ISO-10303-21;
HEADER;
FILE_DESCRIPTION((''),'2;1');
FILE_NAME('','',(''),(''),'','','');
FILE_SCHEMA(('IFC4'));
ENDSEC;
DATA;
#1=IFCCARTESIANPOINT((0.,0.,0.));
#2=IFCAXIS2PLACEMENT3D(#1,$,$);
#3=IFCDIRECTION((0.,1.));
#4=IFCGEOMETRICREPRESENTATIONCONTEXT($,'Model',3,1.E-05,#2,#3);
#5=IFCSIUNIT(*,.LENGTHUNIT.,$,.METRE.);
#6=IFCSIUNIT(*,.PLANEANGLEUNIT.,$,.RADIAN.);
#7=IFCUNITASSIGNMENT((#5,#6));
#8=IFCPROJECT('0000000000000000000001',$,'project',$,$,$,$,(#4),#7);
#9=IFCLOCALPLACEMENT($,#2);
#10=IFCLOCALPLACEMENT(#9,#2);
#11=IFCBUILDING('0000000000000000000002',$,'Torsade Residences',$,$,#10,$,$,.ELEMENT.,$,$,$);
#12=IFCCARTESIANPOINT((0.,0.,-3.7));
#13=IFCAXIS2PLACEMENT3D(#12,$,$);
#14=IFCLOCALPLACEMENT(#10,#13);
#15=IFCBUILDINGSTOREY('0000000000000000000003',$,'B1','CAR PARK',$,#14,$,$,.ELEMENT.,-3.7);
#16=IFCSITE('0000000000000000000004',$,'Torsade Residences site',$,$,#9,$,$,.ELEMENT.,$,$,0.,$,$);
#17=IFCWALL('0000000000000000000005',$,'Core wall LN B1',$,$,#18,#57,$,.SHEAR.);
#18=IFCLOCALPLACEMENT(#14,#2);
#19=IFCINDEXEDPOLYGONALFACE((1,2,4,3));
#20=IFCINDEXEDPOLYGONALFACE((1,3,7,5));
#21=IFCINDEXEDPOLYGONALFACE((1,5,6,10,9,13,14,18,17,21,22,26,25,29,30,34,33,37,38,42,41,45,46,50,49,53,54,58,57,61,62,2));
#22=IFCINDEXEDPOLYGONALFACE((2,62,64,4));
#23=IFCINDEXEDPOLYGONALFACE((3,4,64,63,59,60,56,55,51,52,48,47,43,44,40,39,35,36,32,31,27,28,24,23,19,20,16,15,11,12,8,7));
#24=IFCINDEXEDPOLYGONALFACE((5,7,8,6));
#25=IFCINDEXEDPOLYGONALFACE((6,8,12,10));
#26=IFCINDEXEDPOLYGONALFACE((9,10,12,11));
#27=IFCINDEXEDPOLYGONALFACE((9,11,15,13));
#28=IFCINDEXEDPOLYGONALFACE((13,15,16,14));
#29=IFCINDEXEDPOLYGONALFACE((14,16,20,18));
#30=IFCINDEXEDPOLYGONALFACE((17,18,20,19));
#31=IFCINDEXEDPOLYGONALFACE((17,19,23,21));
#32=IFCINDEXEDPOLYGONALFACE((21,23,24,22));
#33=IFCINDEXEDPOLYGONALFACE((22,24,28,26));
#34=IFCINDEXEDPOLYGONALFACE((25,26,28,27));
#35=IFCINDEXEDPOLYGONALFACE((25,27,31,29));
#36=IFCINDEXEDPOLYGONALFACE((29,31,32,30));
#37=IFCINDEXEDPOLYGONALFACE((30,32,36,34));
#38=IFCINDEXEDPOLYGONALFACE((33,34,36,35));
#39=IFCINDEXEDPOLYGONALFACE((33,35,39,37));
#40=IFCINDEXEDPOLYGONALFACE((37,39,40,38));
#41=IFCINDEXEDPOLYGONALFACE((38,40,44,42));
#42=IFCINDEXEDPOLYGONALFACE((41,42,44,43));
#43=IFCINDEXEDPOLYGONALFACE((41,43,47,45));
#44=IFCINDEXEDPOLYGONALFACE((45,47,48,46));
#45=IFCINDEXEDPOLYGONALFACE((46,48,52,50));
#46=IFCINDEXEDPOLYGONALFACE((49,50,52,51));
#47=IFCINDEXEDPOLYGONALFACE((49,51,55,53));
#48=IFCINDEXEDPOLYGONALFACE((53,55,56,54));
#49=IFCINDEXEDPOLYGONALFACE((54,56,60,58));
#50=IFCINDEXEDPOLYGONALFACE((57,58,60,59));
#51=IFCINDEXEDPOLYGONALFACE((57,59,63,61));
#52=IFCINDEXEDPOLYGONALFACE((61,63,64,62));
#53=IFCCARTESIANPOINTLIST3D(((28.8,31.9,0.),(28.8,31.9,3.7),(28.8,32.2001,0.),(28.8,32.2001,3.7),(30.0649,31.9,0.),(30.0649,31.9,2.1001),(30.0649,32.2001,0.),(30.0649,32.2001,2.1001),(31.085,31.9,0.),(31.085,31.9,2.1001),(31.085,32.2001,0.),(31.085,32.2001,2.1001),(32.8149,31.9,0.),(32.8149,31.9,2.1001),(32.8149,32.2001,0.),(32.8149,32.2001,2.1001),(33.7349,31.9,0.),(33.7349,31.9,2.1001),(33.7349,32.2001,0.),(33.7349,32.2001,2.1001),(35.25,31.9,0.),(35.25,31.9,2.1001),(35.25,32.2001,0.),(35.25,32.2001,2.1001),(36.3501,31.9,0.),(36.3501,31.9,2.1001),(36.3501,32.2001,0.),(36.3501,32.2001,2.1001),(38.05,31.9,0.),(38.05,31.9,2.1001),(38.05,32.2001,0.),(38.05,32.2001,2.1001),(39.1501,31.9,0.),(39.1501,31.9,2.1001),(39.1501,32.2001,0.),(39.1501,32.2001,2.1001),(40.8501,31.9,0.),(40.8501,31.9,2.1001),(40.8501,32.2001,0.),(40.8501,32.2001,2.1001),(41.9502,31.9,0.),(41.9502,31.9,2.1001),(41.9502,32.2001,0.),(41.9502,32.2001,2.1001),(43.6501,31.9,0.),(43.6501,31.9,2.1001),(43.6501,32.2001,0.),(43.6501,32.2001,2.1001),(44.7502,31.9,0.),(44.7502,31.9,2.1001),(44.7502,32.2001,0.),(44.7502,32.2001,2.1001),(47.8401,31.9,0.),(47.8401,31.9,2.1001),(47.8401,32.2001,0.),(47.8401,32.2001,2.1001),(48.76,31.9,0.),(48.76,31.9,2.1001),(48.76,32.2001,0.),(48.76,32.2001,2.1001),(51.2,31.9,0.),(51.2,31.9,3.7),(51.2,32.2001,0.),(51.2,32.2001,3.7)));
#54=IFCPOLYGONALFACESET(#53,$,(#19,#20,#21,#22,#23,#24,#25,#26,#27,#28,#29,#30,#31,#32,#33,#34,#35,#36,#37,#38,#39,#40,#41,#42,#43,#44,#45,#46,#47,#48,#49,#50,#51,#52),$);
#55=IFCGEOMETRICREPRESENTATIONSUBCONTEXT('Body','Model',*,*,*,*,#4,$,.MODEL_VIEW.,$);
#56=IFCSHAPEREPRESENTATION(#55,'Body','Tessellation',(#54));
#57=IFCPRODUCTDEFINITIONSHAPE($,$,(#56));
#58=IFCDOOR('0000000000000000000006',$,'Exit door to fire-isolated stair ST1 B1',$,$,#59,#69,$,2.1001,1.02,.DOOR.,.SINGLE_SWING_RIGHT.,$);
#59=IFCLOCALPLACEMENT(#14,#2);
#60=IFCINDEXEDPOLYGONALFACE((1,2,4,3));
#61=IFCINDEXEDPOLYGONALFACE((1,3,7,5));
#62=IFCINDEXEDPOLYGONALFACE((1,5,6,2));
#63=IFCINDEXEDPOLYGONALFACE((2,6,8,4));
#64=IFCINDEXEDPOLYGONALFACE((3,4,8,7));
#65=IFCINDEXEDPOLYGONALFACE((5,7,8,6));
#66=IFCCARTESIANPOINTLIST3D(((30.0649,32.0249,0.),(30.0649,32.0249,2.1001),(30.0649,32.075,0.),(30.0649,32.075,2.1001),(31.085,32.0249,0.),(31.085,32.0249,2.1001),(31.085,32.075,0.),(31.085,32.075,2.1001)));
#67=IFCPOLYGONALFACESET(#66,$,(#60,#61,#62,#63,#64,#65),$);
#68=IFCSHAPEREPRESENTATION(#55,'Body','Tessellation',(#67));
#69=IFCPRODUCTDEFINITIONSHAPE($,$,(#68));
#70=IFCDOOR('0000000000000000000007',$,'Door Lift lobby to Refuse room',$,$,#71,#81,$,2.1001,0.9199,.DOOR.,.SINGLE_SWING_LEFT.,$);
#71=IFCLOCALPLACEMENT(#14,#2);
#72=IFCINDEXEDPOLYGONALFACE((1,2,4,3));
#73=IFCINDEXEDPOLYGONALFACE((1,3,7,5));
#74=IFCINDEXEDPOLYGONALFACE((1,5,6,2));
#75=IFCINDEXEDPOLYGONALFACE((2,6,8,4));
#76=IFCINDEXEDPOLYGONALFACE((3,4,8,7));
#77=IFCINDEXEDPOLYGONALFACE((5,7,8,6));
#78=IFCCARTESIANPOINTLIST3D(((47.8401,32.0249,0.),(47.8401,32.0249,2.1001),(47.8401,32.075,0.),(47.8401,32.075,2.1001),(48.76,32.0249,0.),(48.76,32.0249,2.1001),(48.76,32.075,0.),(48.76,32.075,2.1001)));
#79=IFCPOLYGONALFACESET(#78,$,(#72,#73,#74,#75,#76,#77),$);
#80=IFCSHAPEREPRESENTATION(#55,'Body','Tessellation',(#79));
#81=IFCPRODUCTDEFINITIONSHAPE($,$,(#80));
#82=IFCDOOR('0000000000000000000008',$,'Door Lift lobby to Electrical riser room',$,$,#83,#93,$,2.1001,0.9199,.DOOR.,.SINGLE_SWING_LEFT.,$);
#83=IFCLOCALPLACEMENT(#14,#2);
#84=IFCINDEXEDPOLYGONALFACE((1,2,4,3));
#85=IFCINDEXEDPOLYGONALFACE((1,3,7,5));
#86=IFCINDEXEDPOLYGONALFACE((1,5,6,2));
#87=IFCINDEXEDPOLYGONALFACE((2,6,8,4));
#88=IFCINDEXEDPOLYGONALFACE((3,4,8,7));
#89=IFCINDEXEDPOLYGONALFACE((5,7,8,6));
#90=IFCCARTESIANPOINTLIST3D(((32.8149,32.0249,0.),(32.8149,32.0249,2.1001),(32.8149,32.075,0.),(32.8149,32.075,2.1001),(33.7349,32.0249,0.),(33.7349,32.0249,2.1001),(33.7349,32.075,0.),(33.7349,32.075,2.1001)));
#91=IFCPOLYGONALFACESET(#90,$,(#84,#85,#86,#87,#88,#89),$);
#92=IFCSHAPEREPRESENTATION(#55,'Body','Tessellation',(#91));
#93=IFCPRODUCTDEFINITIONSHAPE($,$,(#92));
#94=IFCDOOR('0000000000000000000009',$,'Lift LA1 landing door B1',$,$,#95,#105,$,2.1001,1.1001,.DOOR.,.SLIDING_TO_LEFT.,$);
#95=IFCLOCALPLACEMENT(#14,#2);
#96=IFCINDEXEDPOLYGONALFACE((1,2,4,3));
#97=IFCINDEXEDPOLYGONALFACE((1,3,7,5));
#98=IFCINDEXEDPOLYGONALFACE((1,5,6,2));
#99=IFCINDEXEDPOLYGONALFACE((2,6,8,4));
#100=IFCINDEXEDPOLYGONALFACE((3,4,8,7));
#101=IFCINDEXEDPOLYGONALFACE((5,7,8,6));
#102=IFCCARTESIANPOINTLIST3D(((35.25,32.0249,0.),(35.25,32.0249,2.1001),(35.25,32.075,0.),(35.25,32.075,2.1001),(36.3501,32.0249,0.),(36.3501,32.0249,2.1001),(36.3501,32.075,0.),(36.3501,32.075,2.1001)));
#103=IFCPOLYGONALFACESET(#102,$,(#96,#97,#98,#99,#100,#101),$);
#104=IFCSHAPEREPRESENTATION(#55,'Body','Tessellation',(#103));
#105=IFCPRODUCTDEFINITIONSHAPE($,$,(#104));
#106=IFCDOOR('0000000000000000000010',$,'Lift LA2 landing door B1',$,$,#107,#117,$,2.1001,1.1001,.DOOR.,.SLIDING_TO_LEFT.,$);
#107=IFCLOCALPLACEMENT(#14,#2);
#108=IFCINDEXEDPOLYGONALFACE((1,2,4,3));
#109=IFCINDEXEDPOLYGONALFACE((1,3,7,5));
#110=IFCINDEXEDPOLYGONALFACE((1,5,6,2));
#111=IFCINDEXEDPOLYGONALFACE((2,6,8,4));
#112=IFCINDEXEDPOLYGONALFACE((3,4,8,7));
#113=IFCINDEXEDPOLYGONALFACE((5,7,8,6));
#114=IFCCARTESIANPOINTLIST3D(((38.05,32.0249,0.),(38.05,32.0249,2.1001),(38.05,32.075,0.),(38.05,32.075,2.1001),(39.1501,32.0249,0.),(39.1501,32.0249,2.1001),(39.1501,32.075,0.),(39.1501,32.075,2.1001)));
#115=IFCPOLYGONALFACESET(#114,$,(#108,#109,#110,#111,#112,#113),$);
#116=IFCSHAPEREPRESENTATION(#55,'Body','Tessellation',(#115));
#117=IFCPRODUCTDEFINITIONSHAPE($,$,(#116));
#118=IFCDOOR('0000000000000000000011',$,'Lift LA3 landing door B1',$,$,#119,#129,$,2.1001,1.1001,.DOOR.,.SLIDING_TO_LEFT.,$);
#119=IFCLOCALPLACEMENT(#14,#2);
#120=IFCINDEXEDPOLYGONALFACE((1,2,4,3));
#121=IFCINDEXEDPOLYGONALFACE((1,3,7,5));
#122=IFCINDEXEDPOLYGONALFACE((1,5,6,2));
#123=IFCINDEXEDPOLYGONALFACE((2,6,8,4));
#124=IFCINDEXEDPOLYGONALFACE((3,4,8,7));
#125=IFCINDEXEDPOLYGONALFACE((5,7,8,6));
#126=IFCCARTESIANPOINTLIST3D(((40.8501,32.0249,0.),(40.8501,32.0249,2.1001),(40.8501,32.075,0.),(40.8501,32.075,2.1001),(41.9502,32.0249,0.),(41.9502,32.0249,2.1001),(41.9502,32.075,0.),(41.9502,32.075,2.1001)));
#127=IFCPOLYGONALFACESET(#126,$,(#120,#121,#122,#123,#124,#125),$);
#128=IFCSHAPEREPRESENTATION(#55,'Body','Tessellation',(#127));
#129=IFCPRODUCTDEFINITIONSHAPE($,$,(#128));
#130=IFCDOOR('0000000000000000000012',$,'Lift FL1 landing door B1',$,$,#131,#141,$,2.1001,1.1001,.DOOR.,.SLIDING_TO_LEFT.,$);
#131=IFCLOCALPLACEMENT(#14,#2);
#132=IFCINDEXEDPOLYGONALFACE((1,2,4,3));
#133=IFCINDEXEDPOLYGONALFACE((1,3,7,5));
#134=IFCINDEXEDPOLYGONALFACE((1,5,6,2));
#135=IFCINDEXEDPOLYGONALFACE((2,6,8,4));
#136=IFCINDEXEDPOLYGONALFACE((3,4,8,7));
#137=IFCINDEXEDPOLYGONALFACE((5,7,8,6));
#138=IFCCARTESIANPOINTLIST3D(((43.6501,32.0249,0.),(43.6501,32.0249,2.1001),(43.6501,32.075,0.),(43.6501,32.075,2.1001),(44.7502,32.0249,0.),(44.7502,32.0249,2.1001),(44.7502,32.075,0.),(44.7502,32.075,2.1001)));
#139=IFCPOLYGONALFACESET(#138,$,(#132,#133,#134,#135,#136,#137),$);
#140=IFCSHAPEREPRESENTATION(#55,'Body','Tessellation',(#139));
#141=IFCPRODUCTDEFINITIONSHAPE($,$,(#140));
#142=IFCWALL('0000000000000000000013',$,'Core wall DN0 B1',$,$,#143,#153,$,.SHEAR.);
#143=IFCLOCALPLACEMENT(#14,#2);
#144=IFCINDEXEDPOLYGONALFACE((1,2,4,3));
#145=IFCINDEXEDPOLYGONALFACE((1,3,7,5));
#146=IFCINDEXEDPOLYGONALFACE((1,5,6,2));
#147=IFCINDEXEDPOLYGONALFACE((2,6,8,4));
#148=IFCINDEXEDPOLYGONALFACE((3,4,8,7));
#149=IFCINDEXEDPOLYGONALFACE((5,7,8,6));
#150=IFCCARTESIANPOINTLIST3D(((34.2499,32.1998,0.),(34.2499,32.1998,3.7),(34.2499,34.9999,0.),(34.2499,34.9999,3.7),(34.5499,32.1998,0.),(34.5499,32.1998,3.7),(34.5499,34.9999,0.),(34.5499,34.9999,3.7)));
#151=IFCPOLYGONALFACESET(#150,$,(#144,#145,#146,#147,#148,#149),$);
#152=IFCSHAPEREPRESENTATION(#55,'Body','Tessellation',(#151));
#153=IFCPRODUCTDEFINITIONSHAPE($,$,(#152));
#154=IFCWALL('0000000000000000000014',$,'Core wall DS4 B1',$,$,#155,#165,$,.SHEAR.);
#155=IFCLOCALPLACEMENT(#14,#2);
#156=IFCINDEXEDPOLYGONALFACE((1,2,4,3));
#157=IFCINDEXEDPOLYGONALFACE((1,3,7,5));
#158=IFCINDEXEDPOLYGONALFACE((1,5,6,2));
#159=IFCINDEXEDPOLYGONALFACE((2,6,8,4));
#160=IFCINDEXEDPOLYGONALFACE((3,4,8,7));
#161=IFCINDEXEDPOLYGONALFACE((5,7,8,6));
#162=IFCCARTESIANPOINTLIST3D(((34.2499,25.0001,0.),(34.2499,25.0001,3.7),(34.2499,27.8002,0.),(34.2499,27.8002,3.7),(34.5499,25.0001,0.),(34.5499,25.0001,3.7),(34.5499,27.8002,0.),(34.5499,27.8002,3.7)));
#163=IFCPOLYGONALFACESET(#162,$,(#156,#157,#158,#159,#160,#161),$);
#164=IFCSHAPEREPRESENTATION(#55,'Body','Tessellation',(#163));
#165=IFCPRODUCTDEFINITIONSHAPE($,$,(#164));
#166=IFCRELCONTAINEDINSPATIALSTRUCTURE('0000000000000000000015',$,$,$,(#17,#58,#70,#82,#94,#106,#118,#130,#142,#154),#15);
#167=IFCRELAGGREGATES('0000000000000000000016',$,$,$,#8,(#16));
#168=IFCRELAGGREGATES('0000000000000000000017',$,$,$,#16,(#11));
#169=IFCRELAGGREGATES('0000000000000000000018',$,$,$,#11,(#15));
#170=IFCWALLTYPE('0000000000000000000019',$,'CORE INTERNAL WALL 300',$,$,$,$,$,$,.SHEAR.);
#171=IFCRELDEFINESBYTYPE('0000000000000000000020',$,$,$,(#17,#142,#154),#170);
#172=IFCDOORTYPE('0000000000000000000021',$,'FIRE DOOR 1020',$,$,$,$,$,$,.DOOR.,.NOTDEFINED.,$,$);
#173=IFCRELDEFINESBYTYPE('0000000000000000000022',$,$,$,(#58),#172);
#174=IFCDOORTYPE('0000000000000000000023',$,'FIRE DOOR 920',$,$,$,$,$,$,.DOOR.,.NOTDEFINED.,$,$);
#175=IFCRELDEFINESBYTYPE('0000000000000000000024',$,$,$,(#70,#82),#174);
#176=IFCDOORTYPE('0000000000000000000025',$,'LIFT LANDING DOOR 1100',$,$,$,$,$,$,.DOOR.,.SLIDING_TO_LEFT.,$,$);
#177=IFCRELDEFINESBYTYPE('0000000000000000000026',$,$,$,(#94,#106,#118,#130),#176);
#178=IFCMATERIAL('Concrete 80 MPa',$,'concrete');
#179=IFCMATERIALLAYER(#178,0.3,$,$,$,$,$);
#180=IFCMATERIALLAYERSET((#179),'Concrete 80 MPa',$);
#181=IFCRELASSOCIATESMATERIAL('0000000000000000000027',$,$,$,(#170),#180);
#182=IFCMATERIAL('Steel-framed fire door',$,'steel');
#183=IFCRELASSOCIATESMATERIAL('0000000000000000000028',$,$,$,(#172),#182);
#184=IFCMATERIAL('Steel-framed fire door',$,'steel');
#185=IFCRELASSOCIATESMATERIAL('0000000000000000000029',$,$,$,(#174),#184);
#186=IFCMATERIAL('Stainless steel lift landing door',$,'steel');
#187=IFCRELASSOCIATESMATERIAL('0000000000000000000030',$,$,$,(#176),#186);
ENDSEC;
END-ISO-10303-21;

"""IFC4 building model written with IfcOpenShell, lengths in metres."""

from ifc_helpers import new_model, si_unit, direction, frame, frame_2d, origin, place, context, subcontext, project, spatial, rectangle, extrude, material, layer, layer_set, type_object, element, fill, save


model = new_model("IFC4")

# Units and contexts
model_context = context("Model", 3, precision=1e-05, world=origin(), true_north=direction((0.0, 1.0)))
body_context = subcontext(model_context, "Body", "Model", "MODEL_VIEW")
ifc_project = project(units=[si_unit("LENGTHUNIT", "METRE"), si_unit("PLANEANGLEUNIT", "RADIAN")], contexts=[model_context])

# Site, building, storey
site_placement = place(None, origin())
site = spatial("IfcSite", under=ifc_project, at=site_placement, Name="Torsade Residences site", CompositionType="ELEMENT", RefElevation=0.0)
building_placement = place(site_placement, origin())
building = spatial("IfcBuilding", under=site, at=building_placement, Name="Torsade Residences", CompositionType="ELEMENT")
storey_placement = place(building_placement, frame((0.0, 0.0, -3.7)))
storey = spatial("IfcBuildingStorey", under=building, at=storey_placement, Name="B1", Description="CAR PARK", CompositionType="ELEMENT", Elevation=-3.7)

# Wall, openings, doors
ifc_material_1 = material(Name="Concrete 80 MPa", Category="concrete")
ifc_layer_1 = layer(ifc_material_1, 0.3)
ifc_layer_set_1 = layer_set([ifc_layer_1], Name="Concrete 80 MPa")
wall_type_1 = type_object("IfcWallType", Name="CORE INTERNAL WALL 300", PredefinedType="SHEAR", material=ifc_layer_set_1)
wall_1_placement = place(storey_placement, frame((28.8, 32.05, 0.0), z_axis=(0.0, 0.0, 1.0), x_axis=(1.0, 0.0, 0.0)))
wall_1 = element("IfcWall", 1, at=wall_1_placement, inside=storey, type_object=wall_type_1, Name="Core wall LN B1", PredefinedType="SHEAR", context=body_context, shape_type="SweptSolid", body=[
    extrude(rectangle(XDim=22.3999, YDim=0.3, at=frame_2d((11.2, 0.0))), origin(), (0.0, 0.0, 1.0), 3.7),
])
opening_1_placement = place(wall_1_placement, frame((19.04, 0.0, 0.0)))
opening_1 = element("IfcOpeningElement", 2, at=opening_1_placement, cuts=wall_1, PredefinedType="OPENING", context=body_context, shape_type="SweptSolid", body=[
    extrude(rectangle(XDim=0.9199, YDim=2.1001, at=frame_2d((0.46, 1.05))), frame((0.0, 0.1599, 0.0), z_axis=(0.0, -1.0, 0.0), x_axis=(1.0, 0.0, 0.0)), (0.0, 0.0, 1.0), 0.3201),
])
opening_2_placement = place(wall_1_placement, frame((1.2649, 0.0, 0.0)))
opening_2 = element("IfcOpeningElement", 3, at=opening_2_placement, cuts=wall_1, PredefinedType="OPENING", context=body_context, shape_type="SweptSolid", body=[
    extrude(rectangle(XDim=1.02, YDim=2.1001, at=frame_2d((0.51, 1.05))), frame((0.0, 0.1599, 0.0), z_axis=(0.0, -1.0, 0.0), x_axis=(1.0, 0.0, 0.0)), (0.0, 0.0, 1.0), 0.3201),
])
opening_3_placement = place(wall_1_placement, frame((4.0149, 0.0, 0.0)))
opening_3 = element("IfcOpeningElement", 4, at=opening_3_placement, cuts=wall_1, PredefinedType="OPENING", context=body_context, shape_type="SweptSolid", body=[
    extrude(rectangle(XDim=0.9199, YDim=2.1001, at=frame_2d((0.46, 1.05))), frame((0.0, 0.1599, 0.0), z_axis=(0.0, -1.0, 0.0), x_axis=(1.0, 0.0, 0.0)), (0.0, 0.0, 1.0), 0.3201),
])
opening_4_placement = place(wall_1_placement, frame((6.45, 0.0, 0.0)))
opening_4 = element("IfcOpeningElement", 5, at=opening_4_placement, cuts=wall_1, PredefinedType="OPENING", context=body_context, shape_type="SweptSolid", body=[
    extrude(rectangle(XDim=1.1001, YDim=2.1001, at=frame_2d((0.55, 1.05))), frame((0.0, 0.1599, 0.0), z_axis=(0.0, -1.0, 0.0), x_axis=(1.0, 0.0, 0.0)), (0.0, 0.0, 1.0), 0.3201),
])
opening_5_placement = place(wall_1_placement, frame((9.25, 0.0, 0.0)))
opening_5 = element("IfcOpeningElement", 6, at=opening_5_placement, cuts=wall_1, PredefinedType="OPENING", context=body_context, shape_type="SweptSolid", body=[
    extrude(rectangle(XDim=1.1001, YDim=2.1001, at=frame_2d((0.55, 1.05))), frame((0.0, 0.1599, 0.0), z_axis=(0.0, -1.0, 0.0), x_axis=(1.0, 0.0, 0.0)), (0.0, 0.0, 1.0), 0.3201),
])
opening_6_placement = place(wall_1_placement, frame((12.05, 0.0, 0.0)))
opening_6 = element("IfcOpeningElement", 7, at=opening_6_placement, cuts=wall_1, PredefinedType="OPENING", context=body_context, shape_type="SweptSolid", body=[
    extrude(rectangle(XDim=1.1001, YDim=2.1001, at=frame_2d((0.55, 1.05))), frame((0.0, 0.1599, 0.0), z_axis=(0.0, -1.0, 0.0), x_axis=(1.0, 0.0, 0.0)), (0.0, 0.0, 1.0), 0.3201),
])
opening_7_placement = place(wall_1_placement, frame((14.8501, 0.0, 0.0)))
opening_7 = element("IfcOpeningElement", 8, at=opening_7_placement, cuts=wall_1, PredefinedType="OPENING", context=body_context, shape_type="SweptSolid", body=[
    extrude(rectangle(XDim=1.1001, YDim=2.1001, at=frame_2d((0.55, 1.05))), frame((0.0, 0.1599, 0.0), z_axis=(0.0, -1.0, 0.0), x_axis=(1.0, 0.0, 0.0)), (0.0, 0.0, 1.0), 0.3201),
])
ifc_material_2 = material(Name="Steel-framed fire door", Category="steel")
door_type_1 = type_object("IfcDoorType", Name="FIRE DOOR 1020", OperationType="NOTDEFINED", PredefinedType="DOOR", material=ifc_material_2)
door_1_placement = place(opening_2_placement, origin())
door_1 = element("IfcDoor", 9, at=door_1_placement, inside=storey, type_object=door_type_1, Name="Exit door to fire-isolated stair ST1 B1", OperationType="SINGLE_SWING_RIGHT", OverallHeight=2.1001, OverallWidth=1.02, PredefinedType="DOOR", context=body_context, shape_type="SweptSolid", body=[
    extrude(rectangle(XDim=1.02, YDim=2.1001, at=frame_2d((0.51, 1.05))), frame((0.0, 0.0249, 0.0), z_axis=(0.0, -1.0, 0.0), x_axis=(1.0, 0.0, 0.0)), (0.0, 0.0, 1.0), 0.05),
])
fill(opening_2, door_1)
ifc_material_3 = material(Name="Steel-framed fire door", Category="steel")
door_type_2 = type_object("IfcDoorType", Name="FIRE DOOR 920", OperationType="NOTDEFINED", PredefinedType="DOOR", material=ifc_material_3)
door_2_placement = place(opening_1_placement, origin())
door_2 = element("IfcDoor", 10, at=door_2_placement, inside=storey, type_object=door_type_2, Name="Door Lift lobby to Refuse room", OperationType="SINGLE_SWING_LEFT", OverallHeight=2.1001, OverallWidth=0.9199, PredefinedType="DOOR", context=body_context, shape_type="SweptSolid", body=[
    extrude(rectangle(XDim=0.9199, YDim=2.1001, at=frame_2d((0.46, 1.05))), frame((0.0, 0.0249, 0.0), z_axis=(0.0, -1.0, 0.0), x_axis=(1.0, 0.0, 0.0)), (0.0, 0.0, 1.0), 0.05),
])
fill(opening_1, door_2)
door_3_placement = place(opening_3_placement, origin())
door_3 = element("IfcDoor", 11, at=door_3_placement, inside=storey, type_object=door_type_2, Name="Door Lift lobby to Electrical riser room", OperationType="SINGLE_SWING_LEFT", OverallHeight=2.1001, OverallWidth=0.9199, PredefinedType="DOOR", context=body_context, shape_type="SweptSolid", body=[
    extrude(rectangle(XDim=0.9199, YDim=2.1001, at=frame_2d((0.46, 1.05))), frame((0.0, 0.0249, 0.0), z_axis=(0.0, -1.0, 0.0), x_axis=(1.0, 0.0, 0.0)), (0.0, 0.0, 1.0), 0.05),
])
fill(opening_3, door_3)
ifc_material_4 = material(Name="Stainless steel lift landing door", Category="steel")
door_type_3 = type_object("IfcDoorType", Name="LIFT LANDING DOOR 1100", OperationType="SLIDING_TO_LEFT", PredefinedType="DOOR", material=ifc_material_4)
door_4_placement = place(opening_4_placement, origin())
door_4 = element("IfcDoor", 12, at=door_4_placement, inside=storey, type_object=door_type_3, Name="Lift LA1 landing door B1", OperationType="SLIDING_TO_LEFT", OverallHeight=2.1001, OverallWidth=1.1001, PredefinedType="DOOR", context=body_context, shape_type="SweptSolid", body=[
    extrude(rectangle(XDim=1.1001, YDim=2.1001, at=frame_2d((0.55, 1.05))), frame((0.0, 0.0249, 0.0), z_axis=(0.0, -1.0, 0.0), x_axis=(1.0, 0.0, 0.0)), (0.0, 0.0, 1.0), 0.05),
])
fill(opening_4, door_4)
door_5_placement = place(opening_5_placement, origin())
door_5 = element("IfcDoor", 13, at=door_5_placement, inside=storey, type_object=door_type_3, Name="Lift LA2 landing door B1", OperationType="SLIDING_TO_LEFT", OverallHeight=2.1001, OverallWidth=1.1001, PredefinedType="DOOR", context=body_context, shape_type="SweptSolid", body=[
    extrude(rectangle(XDim=1.1001, YDim=2.1001, at=frame_2d((0.55, 1.05))), frame((0.0, 0.0249, 0.0), z_axis=(0.0, -1.0, 0.0), x_axis=(1.0, 0.0, 0.0)), (0.0, 0.0, 1.0), 0.05),
])
fill(opening_5, door_5)
door_6_placement = place(opening_6_placement, origin())
door_6 = element("IfcDoor", 14, at=door_6_placement, inside=storey, type_object=door_type_3, Name="Lift LA3 landing door B1", OperationType="SLIDING_TO_LEFT", OverallHeight=2.1001, OverallWidth=1.1001, PredefinedType="DOOR", context=body_context, shape_type="SweptSolid", body=[
    extrude(rectangle(XDim=1.1001, YDim=2.1001, at=frame_2d((0.55, 1.05))), frame((0.0, 0.0249, 0.0), z_axis=(0.0, -1.0, 0.0), x_axis=(1.0, 0.0, 0.0)), (0.0, 0.0, 1.0), 0.05),
])
fill(opening_6, door_6)
door_7_placement = place(opening_7_placement, origin())
door_7 = element("IfcDoor", 15, at=door_7_placement, inside=storey, type_object=door_type_3, Name="Lift FL1 landing door B1", OperationType="SLIDING_TO_LEFT", OverallHeight=2.1001, OverallWidth=1.1001, PredefinedType="DOOR", context=body_context, shape_type="SweptSolid", body=[
    extrude(rectangle(XDim=1.1001, YDim=2.1001, at=frame_2d((0.55, 1.05))), frame((0.0, 0.0249, 0.0), z_axis=(0.0, -1.0, 0.0), x_axis=(1.0, 0.0, 0.0)), (0.0, 0.0, 1.0), 0.05),
])
fill(opening_7, door_7)

# Walls
for number, where, z_axis, x_axis, name in (
    (16, (34.3999, 32.2, 0.0), (0.0, 0.0, 1.0), (0.0, 1.0, 0.0), "Core wall DN0 B1"),
    (17, (34.3999, 27.8, 0.0), (0.0, 0.0, 1.0), (0.0, -1.0, 0.0), "Core wall DS4 B1"),
):
    element("IfcWall", number, at=place(storey_placement, frame(where, z_axis=z_axis, x_axis=x_axis)), inside=storey, type_object=wall_type_1, Name=name, PredefinedType="SHEAR", context=body_context, shape_type="SweptSolid", body=[
        extrude(rectangle(XDim=2.8, YDim=0.3, at=frame_2d((1.3999, 0.0))), origin(), (0.0, 0.0, 1.0), 3.7),
    ])

save(model, "model.ifc")
